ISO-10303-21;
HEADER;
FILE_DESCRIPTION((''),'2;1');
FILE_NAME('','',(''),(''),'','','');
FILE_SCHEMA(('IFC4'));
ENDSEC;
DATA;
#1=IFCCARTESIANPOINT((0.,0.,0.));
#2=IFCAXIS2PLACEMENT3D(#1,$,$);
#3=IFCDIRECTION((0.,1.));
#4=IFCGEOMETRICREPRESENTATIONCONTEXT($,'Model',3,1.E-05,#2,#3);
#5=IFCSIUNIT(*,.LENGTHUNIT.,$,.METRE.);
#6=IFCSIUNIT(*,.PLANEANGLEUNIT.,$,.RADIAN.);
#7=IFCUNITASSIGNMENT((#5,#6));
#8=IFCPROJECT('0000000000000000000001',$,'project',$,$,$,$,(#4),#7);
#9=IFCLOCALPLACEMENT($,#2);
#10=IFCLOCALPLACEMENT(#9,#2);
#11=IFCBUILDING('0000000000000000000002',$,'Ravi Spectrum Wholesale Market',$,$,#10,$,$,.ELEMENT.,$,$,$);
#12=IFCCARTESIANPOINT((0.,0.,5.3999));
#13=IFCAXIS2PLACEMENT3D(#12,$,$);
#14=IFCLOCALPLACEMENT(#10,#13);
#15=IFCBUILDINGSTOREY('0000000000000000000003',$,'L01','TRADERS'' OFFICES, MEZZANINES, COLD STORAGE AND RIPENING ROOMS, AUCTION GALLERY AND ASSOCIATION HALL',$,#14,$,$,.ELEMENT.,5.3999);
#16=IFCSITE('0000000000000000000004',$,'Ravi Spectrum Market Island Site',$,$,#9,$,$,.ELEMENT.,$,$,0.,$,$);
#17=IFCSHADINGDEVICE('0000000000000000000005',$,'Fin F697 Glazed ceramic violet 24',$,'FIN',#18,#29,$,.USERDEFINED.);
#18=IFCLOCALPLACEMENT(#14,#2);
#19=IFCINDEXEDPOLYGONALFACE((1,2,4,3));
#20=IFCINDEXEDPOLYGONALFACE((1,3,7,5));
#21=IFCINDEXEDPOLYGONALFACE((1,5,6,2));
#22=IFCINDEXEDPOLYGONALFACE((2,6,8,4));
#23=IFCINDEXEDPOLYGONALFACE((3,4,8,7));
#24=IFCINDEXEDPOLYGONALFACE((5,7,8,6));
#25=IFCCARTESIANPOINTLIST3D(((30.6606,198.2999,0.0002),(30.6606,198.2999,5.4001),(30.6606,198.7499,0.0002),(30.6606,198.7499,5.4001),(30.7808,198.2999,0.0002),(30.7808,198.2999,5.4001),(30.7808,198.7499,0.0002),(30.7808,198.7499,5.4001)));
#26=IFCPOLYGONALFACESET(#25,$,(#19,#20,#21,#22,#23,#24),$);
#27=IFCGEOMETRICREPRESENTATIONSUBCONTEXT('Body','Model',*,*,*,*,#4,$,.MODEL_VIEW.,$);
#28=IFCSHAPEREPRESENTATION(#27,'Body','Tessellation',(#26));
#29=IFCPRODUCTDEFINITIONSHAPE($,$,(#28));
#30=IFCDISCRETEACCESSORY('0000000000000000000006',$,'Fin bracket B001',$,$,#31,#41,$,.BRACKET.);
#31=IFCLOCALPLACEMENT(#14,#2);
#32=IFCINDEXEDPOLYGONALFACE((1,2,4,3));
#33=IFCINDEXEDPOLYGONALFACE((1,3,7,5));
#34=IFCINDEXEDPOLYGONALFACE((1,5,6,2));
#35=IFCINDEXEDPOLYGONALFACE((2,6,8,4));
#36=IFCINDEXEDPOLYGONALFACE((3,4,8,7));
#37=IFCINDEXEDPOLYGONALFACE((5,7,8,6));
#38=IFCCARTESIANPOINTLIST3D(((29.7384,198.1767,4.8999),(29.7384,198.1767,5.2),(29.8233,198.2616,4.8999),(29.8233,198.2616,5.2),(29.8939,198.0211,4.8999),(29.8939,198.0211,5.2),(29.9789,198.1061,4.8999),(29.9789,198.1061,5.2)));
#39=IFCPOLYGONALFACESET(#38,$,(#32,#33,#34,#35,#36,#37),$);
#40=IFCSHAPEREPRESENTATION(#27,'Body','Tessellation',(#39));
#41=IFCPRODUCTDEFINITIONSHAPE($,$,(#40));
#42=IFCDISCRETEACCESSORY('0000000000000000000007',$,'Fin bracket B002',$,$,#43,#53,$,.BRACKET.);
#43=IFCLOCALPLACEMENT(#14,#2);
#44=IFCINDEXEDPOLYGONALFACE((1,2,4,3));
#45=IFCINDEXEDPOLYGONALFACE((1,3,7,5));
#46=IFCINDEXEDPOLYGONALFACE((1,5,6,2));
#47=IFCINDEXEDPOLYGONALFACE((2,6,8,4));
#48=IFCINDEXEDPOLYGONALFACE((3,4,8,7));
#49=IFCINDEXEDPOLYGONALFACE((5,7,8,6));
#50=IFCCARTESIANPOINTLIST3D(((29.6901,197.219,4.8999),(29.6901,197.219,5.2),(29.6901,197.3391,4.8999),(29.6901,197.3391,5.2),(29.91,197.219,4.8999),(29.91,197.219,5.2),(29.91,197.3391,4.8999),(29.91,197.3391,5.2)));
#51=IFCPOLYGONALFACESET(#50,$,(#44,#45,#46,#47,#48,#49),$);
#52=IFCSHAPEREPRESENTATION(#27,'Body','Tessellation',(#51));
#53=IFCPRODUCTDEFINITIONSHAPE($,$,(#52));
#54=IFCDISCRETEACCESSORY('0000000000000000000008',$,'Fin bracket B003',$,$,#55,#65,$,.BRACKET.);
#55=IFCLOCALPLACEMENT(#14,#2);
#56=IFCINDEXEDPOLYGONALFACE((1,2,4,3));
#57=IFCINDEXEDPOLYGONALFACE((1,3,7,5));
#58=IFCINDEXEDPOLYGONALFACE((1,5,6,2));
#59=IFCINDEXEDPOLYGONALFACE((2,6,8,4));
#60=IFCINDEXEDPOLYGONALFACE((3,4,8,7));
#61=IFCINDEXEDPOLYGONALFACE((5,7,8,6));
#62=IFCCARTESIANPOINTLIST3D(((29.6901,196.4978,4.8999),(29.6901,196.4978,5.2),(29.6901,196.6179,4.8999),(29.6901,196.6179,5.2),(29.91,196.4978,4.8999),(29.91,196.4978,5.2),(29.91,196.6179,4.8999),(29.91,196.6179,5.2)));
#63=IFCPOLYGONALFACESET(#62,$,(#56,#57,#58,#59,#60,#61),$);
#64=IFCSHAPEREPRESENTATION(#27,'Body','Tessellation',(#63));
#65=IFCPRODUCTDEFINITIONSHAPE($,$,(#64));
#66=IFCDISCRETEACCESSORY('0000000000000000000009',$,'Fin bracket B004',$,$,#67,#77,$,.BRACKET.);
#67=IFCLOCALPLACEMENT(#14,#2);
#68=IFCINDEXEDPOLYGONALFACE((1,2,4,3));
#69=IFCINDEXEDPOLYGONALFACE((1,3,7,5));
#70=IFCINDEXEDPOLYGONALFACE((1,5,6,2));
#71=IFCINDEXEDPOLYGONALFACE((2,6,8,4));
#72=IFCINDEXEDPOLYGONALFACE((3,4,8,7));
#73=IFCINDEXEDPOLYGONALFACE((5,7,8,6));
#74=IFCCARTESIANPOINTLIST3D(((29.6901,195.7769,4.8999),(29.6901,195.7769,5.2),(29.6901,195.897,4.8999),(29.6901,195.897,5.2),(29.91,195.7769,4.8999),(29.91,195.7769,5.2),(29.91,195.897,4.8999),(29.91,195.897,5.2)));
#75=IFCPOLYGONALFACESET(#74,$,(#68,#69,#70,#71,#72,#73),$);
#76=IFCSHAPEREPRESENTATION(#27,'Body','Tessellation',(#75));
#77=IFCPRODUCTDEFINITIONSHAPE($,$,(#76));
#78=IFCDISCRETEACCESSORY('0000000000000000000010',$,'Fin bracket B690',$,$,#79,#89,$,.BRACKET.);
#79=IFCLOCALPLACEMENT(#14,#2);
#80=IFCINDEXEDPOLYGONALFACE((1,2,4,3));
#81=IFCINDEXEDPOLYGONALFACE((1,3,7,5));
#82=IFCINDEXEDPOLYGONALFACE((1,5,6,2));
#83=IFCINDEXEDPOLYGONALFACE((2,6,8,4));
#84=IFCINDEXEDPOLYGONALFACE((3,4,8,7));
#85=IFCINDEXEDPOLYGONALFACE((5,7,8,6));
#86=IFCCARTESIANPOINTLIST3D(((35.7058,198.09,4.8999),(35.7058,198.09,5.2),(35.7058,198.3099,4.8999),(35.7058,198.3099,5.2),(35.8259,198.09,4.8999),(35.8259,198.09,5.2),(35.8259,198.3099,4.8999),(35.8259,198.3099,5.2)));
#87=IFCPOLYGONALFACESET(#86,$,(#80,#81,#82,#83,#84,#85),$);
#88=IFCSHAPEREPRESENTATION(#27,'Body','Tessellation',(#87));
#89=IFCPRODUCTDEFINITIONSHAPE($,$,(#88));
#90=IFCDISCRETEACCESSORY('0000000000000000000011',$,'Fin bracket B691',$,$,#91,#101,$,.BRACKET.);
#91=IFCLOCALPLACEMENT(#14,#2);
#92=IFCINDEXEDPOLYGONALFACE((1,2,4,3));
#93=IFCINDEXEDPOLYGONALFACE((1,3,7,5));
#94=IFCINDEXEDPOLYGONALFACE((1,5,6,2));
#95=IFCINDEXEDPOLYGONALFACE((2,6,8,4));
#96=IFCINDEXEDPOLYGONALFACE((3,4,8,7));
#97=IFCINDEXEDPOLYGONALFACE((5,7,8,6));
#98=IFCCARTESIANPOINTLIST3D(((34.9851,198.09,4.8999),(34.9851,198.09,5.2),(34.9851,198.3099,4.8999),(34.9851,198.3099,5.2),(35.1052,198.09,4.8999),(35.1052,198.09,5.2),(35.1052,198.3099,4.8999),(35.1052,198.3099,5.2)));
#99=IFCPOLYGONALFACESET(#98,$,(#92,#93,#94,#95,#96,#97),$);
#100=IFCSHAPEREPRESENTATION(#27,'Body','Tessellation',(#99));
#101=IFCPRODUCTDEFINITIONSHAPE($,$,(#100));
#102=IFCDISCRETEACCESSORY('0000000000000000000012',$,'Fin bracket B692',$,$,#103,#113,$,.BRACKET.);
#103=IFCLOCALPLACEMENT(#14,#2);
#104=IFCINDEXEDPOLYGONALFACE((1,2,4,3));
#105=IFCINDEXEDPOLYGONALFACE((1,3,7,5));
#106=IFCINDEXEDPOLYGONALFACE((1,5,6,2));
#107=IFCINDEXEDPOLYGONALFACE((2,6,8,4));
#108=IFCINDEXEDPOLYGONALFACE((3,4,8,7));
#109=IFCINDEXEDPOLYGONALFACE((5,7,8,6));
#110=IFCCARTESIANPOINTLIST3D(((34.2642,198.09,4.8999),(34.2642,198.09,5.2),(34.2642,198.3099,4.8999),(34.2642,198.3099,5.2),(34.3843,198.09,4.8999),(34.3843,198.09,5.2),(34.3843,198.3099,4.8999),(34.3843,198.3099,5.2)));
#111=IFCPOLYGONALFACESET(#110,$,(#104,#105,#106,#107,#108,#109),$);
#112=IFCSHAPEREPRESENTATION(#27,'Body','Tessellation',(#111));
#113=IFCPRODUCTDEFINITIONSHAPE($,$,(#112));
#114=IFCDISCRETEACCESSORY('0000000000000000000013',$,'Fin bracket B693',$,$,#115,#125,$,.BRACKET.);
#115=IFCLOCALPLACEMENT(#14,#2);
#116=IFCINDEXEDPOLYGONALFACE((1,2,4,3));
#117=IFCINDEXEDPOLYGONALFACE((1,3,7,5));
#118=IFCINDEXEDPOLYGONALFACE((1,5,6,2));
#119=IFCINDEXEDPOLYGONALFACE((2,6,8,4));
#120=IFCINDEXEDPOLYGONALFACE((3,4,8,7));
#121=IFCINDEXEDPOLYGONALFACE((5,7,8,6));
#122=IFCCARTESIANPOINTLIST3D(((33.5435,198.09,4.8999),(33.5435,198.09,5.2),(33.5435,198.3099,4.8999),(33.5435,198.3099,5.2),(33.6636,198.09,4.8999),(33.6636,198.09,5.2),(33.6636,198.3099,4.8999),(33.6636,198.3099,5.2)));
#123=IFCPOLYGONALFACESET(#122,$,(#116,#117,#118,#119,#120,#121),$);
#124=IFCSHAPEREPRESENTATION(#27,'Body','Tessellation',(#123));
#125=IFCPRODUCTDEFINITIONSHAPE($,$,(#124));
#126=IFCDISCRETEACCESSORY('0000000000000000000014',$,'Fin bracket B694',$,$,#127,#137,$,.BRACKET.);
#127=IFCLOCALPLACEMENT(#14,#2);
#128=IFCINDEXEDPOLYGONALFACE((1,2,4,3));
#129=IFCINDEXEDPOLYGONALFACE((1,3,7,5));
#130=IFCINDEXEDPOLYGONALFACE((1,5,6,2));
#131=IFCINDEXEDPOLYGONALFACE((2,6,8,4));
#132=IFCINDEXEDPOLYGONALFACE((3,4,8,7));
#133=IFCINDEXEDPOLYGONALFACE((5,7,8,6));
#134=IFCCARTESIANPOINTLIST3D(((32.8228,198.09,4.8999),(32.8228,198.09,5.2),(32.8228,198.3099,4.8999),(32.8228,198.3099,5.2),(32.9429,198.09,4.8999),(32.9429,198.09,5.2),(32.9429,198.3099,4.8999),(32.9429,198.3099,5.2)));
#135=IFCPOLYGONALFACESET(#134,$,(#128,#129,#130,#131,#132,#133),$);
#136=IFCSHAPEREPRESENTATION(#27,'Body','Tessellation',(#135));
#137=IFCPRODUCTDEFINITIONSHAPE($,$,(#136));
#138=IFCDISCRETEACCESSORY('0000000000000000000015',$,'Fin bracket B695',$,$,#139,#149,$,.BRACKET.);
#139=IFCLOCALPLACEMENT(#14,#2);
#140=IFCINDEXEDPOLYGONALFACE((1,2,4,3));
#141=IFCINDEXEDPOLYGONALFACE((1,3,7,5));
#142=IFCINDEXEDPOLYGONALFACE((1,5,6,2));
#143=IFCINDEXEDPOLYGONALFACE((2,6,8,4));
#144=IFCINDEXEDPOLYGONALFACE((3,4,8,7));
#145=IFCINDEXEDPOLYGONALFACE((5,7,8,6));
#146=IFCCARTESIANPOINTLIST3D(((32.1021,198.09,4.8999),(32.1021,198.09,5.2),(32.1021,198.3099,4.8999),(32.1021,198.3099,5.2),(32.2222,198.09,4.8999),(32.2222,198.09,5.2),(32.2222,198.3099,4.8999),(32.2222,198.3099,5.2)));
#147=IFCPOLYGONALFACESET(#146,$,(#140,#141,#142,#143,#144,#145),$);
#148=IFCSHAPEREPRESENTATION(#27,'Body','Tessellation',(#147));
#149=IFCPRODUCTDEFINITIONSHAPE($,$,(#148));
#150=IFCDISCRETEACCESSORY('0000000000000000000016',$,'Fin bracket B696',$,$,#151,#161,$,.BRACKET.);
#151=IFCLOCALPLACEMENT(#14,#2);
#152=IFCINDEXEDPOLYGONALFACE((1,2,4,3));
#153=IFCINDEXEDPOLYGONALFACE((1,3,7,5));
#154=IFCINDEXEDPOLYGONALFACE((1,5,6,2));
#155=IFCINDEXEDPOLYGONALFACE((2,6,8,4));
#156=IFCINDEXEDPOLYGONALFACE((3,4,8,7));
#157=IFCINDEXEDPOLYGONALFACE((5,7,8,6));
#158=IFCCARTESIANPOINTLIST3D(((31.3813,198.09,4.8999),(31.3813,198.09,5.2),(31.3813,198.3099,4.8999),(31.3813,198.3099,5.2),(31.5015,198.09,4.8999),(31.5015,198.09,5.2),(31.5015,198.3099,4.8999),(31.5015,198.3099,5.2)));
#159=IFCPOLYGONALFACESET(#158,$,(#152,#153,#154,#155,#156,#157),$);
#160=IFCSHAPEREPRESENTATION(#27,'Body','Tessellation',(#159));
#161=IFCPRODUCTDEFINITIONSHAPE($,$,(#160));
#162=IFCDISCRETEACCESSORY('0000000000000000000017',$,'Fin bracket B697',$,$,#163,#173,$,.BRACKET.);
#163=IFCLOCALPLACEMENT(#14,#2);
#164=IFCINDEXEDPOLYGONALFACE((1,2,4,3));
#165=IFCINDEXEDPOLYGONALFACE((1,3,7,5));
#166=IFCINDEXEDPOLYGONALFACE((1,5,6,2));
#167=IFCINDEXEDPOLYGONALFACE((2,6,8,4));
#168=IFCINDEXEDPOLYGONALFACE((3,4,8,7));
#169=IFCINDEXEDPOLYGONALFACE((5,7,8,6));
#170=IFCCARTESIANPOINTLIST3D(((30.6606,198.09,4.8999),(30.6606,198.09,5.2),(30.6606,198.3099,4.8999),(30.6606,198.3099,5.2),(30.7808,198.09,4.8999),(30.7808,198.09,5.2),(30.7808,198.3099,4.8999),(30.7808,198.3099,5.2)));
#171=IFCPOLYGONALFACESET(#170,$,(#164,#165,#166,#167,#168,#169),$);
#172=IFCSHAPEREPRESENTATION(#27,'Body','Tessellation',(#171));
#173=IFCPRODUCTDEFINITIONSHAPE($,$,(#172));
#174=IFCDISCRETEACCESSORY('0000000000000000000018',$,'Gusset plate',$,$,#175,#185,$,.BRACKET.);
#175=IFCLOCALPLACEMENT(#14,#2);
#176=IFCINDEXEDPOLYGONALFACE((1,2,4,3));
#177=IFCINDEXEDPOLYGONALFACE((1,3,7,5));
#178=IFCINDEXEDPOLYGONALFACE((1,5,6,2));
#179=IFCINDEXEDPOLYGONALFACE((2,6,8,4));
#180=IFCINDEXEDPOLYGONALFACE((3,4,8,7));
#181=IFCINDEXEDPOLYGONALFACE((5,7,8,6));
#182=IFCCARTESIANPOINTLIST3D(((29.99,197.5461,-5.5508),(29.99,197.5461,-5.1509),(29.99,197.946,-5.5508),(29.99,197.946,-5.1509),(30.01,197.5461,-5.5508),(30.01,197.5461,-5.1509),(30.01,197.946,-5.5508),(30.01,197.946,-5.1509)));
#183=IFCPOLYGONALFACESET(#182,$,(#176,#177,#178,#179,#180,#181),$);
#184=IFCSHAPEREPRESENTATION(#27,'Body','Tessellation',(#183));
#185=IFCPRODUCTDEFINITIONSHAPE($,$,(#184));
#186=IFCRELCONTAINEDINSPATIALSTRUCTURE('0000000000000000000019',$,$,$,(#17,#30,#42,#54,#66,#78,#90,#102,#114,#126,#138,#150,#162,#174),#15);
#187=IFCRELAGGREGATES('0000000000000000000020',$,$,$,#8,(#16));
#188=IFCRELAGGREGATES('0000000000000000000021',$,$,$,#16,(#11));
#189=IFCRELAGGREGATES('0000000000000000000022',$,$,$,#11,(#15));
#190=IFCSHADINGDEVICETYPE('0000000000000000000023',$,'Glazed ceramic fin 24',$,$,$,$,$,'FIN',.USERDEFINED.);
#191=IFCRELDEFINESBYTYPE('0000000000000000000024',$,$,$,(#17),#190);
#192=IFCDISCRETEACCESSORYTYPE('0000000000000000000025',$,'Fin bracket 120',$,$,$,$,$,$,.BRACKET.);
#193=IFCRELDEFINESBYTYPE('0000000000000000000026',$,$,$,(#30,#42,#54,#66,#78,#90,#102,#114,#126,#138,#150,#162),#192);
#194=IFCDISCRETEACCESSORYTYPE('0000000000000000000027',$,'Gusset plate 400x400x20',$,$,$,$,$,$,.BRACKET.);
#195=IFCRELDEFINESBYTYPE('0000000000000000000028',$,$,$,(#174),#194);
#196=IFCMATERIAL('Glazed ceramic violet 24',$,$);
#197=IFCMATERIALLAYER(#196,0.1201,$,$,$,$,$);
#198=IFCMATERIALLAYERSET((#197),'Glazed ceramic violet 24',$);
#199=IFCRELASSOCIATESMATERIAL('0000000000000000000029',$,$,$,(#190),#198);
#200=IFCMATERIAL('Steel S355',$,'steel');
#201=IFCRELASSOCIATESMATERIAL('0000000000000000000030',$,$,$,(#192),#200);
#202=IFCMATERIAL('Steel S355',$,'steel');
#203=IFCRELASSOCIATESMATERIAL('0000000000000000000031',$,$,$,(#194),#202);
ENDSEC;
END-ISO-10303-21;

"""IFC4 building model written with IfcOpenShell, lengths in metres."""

from ifc_helpers import new_model, si_unit, direction, frame, origin, origin_2d, place, context, subcontext, project, spatial, rectangle, extrude, material, layer, layer_set, material_profile, profile_set, type_object, element, save


model = new_model("IFC4")

# Units and contexts
model_context = context("Model", 3, precision=1e-05, world=origin(), true_north=direction((0.0, 1.0)))
body_context = subcontext(model_context, "Body", "Model", "MODEL_VIEW")
ifc_project = project(units=[si_unit("LENGTHUNIT", "METRE"), si_unit("PLANEANGLEUNIT", "RADIAN")], contexts=[model_context])

# Site, building, storey
site_placement = place(None, origin())
site = spatial("IfcSite", under=ifc_project, at=site_placement, Name="Ravi Spectrum Market Island Site", CompositionType="ELEMENT", RefElevation=0.0)
building_placement = place(site_placement, origin())
building = spatial("IfcBuilding", under=site, at=building_placement, Name="Ravi Spectrum Wholesale Market", CompositionType="ELEMENT")
storey_placement = place(building_placement, frame((0.0, 0.0, 5.3999)))
storey = spatial("IfcBuildingStorey", under=building, at=storey_placement, Name="L01", Description="TRADERS' OFFICES, MEZZANINES, COLD STORAGE AND RIPENING ROOMS, AUCTION GALLERY AND ASSOCIATION HALL", CompositionType="ELEMENT", Elevation=5.3999)

# Shading device
ifc_material_1 = material(Name="Glazed ceramic violet 24")
ifc_layer = layer(ifc_material_1, 0.1201)
ifc_layer_set = layer_set([ifc_layer], Name="Glazed ceramic violet 24")
shading_device_type = type_object("IfcShadingDeviceType", Name="Glazed ceramic fin 24", ElementType="FIN", PredefinedType="USERDEFINED", material=ifc_layer_set)
for number, where, z_axis, x_axis, name in (
    (1, (30.7207, 198.5249, 0.0002), (0.0, 0.0, 1.0), (-1.0, 0.0, 0.0), "Fin F697 Glazed ceramic violet 24"),
):
    element("IfcShadingDevice", number, at=place(storey_placement, frame(where, z_axis=z_axis, x_axis=x_axis)), inside=storey, type_object=shading_device_type, Name=name, ObjectType="FIN", PredefinedType="USERDEFINED", context=body_context, shape_type="SweptSolid", body=[
        extrude(rectangle(XDim=0.1201, YDim=0.45, at=origin_2d()), origin(), (0.0, 0.0, 1.0), 5.3999),
    ])

# Discrete accessories
ifc_material_2 = material(Name="Steel S355", Category="steel")
discrete_accessory_type_1 = type_object("IfcDiscreteAccessoryType", Name="Fin bracket 120", PredefinedType="BRACKET", material=ifc_material_2)
for number, where, z_axis, x_axis, name in (
    (2, (29.8586, 198.1414, 4.8999), (0.0, 0.0, 1.0), (-0.707107, -0.707107, 0.0), "Fin bracket B001"),
    (3, (29.8, 197.2791, 4.8999), (0.0, 0.0, 1.0), (0.0, -1.0, 0.0), "Fin bracket B002"),
    (4, (29.8, 196.5579, 4.8999), (0.0, 0.0, 1.0), (0.0, -1.0, 0.0), "Fin bracket B003"),
    (5, (29.8, 195.8369, 4.8999), (0.0, 0.0, 1.0), (0.0, -1.0, 0.0), "Fin bracket B004"),
    (6, (35.7659, 198.2, 4.8999), (0.0, 0.0, 1.0), (-1.0, 0.0, 0.0), "Fin bracket B690"),
    (7, (35.0452, 198.2, 4.8999), (0.0, 0.0, 1.0), (-1.0, 0.0, 0.0), "Fin bracket B691"),
    (8, (34.3242, 198.2, 4.8999), (0.0, 0.0, 1.0), (-1.0, 0.0, 0.0), "Fin bracket B692"),
    (9, (33.6035, 198.2, 4.8999), (0.0, 0.0, 1.0), (-1.0, 0.0, 0.0), "Fin bracket B693"),
    (10, (32.8828, 198.2, 4.8999), (0.0, 0.0, 1.0), (-1.0, 0.0, 0.0), "Fin bracket B694"),
    (11, (32.1621, 198.2, 4.8999), (0.0, 0.0, 1.0), (-1.0, 0.0, 0.0), "Fin bracket B695"),
    (12, (31.4414, 198.2, 4.8999), (0.0, 0.0, 1.0), (-1.0, 0.0, 0.0), "Fin bracket B696"),
    (13, (30.7207, 198.2, 4.8999), (0.0, 0.0, 1.0), (-1.0, 0.0, 0.0), "Fin bracket B697"),
):
    element("IfcDiscreteAccessory", number, at=place(storey_placement, frame(where, z_axis=z_axis, x_axis=x_axis)), inside=storey, type_object=discrete_accessory_type_1, Name=name, PredefinedType="BRACKET", context=body_context, shape_type="SweptSolid", body=[
        extrude(rectangle(XDim=0.1201, YDim=0.22, at=origin_2d()), origin(), (0.0, 0.0, 1.0), 0.3),
    ])
ifc_material_3 = material(Name="Steel S355", Category="steel")
ifc_material_profile_1 = material_profile(ifc_material_3, rectangle(XDim=0.3999, YDim=0.02, at=origin_2d()))
ifc_profile_set_1 = profile_set([ifc_material_profile_1], Name="Steel S355")
discrete_accessory_type_2 = type_object("IfcDiscreteAccessoryType", Name="Gusset plate 400x400x20", PredefinedType="BRACKET", material=ifc_profile_set_1)
discrete_accessory_placement = place(storey_placement, frame((30.0, 197.7461, -5.5508), z_axis=(0.0, 0.0, 1.0), x_axis=(0.0, -1.0, 0.0)))
element("IfcDiscreteAccessory", 14, at=discrete_accessory_placement, inside=storey, type_object=discrete_accessory_type_2, Name="Gusset plate", PredefinedType="BRACKET", context=body_context, shape_type="SweptSolid", body=[
    extrude(rectangle(XDim=0.3999, YDim=0.02, at=origin_2d()), origin(), (0.0, 0.0, 1.0), 0.3999),
])

save(model, "model.ifc")
